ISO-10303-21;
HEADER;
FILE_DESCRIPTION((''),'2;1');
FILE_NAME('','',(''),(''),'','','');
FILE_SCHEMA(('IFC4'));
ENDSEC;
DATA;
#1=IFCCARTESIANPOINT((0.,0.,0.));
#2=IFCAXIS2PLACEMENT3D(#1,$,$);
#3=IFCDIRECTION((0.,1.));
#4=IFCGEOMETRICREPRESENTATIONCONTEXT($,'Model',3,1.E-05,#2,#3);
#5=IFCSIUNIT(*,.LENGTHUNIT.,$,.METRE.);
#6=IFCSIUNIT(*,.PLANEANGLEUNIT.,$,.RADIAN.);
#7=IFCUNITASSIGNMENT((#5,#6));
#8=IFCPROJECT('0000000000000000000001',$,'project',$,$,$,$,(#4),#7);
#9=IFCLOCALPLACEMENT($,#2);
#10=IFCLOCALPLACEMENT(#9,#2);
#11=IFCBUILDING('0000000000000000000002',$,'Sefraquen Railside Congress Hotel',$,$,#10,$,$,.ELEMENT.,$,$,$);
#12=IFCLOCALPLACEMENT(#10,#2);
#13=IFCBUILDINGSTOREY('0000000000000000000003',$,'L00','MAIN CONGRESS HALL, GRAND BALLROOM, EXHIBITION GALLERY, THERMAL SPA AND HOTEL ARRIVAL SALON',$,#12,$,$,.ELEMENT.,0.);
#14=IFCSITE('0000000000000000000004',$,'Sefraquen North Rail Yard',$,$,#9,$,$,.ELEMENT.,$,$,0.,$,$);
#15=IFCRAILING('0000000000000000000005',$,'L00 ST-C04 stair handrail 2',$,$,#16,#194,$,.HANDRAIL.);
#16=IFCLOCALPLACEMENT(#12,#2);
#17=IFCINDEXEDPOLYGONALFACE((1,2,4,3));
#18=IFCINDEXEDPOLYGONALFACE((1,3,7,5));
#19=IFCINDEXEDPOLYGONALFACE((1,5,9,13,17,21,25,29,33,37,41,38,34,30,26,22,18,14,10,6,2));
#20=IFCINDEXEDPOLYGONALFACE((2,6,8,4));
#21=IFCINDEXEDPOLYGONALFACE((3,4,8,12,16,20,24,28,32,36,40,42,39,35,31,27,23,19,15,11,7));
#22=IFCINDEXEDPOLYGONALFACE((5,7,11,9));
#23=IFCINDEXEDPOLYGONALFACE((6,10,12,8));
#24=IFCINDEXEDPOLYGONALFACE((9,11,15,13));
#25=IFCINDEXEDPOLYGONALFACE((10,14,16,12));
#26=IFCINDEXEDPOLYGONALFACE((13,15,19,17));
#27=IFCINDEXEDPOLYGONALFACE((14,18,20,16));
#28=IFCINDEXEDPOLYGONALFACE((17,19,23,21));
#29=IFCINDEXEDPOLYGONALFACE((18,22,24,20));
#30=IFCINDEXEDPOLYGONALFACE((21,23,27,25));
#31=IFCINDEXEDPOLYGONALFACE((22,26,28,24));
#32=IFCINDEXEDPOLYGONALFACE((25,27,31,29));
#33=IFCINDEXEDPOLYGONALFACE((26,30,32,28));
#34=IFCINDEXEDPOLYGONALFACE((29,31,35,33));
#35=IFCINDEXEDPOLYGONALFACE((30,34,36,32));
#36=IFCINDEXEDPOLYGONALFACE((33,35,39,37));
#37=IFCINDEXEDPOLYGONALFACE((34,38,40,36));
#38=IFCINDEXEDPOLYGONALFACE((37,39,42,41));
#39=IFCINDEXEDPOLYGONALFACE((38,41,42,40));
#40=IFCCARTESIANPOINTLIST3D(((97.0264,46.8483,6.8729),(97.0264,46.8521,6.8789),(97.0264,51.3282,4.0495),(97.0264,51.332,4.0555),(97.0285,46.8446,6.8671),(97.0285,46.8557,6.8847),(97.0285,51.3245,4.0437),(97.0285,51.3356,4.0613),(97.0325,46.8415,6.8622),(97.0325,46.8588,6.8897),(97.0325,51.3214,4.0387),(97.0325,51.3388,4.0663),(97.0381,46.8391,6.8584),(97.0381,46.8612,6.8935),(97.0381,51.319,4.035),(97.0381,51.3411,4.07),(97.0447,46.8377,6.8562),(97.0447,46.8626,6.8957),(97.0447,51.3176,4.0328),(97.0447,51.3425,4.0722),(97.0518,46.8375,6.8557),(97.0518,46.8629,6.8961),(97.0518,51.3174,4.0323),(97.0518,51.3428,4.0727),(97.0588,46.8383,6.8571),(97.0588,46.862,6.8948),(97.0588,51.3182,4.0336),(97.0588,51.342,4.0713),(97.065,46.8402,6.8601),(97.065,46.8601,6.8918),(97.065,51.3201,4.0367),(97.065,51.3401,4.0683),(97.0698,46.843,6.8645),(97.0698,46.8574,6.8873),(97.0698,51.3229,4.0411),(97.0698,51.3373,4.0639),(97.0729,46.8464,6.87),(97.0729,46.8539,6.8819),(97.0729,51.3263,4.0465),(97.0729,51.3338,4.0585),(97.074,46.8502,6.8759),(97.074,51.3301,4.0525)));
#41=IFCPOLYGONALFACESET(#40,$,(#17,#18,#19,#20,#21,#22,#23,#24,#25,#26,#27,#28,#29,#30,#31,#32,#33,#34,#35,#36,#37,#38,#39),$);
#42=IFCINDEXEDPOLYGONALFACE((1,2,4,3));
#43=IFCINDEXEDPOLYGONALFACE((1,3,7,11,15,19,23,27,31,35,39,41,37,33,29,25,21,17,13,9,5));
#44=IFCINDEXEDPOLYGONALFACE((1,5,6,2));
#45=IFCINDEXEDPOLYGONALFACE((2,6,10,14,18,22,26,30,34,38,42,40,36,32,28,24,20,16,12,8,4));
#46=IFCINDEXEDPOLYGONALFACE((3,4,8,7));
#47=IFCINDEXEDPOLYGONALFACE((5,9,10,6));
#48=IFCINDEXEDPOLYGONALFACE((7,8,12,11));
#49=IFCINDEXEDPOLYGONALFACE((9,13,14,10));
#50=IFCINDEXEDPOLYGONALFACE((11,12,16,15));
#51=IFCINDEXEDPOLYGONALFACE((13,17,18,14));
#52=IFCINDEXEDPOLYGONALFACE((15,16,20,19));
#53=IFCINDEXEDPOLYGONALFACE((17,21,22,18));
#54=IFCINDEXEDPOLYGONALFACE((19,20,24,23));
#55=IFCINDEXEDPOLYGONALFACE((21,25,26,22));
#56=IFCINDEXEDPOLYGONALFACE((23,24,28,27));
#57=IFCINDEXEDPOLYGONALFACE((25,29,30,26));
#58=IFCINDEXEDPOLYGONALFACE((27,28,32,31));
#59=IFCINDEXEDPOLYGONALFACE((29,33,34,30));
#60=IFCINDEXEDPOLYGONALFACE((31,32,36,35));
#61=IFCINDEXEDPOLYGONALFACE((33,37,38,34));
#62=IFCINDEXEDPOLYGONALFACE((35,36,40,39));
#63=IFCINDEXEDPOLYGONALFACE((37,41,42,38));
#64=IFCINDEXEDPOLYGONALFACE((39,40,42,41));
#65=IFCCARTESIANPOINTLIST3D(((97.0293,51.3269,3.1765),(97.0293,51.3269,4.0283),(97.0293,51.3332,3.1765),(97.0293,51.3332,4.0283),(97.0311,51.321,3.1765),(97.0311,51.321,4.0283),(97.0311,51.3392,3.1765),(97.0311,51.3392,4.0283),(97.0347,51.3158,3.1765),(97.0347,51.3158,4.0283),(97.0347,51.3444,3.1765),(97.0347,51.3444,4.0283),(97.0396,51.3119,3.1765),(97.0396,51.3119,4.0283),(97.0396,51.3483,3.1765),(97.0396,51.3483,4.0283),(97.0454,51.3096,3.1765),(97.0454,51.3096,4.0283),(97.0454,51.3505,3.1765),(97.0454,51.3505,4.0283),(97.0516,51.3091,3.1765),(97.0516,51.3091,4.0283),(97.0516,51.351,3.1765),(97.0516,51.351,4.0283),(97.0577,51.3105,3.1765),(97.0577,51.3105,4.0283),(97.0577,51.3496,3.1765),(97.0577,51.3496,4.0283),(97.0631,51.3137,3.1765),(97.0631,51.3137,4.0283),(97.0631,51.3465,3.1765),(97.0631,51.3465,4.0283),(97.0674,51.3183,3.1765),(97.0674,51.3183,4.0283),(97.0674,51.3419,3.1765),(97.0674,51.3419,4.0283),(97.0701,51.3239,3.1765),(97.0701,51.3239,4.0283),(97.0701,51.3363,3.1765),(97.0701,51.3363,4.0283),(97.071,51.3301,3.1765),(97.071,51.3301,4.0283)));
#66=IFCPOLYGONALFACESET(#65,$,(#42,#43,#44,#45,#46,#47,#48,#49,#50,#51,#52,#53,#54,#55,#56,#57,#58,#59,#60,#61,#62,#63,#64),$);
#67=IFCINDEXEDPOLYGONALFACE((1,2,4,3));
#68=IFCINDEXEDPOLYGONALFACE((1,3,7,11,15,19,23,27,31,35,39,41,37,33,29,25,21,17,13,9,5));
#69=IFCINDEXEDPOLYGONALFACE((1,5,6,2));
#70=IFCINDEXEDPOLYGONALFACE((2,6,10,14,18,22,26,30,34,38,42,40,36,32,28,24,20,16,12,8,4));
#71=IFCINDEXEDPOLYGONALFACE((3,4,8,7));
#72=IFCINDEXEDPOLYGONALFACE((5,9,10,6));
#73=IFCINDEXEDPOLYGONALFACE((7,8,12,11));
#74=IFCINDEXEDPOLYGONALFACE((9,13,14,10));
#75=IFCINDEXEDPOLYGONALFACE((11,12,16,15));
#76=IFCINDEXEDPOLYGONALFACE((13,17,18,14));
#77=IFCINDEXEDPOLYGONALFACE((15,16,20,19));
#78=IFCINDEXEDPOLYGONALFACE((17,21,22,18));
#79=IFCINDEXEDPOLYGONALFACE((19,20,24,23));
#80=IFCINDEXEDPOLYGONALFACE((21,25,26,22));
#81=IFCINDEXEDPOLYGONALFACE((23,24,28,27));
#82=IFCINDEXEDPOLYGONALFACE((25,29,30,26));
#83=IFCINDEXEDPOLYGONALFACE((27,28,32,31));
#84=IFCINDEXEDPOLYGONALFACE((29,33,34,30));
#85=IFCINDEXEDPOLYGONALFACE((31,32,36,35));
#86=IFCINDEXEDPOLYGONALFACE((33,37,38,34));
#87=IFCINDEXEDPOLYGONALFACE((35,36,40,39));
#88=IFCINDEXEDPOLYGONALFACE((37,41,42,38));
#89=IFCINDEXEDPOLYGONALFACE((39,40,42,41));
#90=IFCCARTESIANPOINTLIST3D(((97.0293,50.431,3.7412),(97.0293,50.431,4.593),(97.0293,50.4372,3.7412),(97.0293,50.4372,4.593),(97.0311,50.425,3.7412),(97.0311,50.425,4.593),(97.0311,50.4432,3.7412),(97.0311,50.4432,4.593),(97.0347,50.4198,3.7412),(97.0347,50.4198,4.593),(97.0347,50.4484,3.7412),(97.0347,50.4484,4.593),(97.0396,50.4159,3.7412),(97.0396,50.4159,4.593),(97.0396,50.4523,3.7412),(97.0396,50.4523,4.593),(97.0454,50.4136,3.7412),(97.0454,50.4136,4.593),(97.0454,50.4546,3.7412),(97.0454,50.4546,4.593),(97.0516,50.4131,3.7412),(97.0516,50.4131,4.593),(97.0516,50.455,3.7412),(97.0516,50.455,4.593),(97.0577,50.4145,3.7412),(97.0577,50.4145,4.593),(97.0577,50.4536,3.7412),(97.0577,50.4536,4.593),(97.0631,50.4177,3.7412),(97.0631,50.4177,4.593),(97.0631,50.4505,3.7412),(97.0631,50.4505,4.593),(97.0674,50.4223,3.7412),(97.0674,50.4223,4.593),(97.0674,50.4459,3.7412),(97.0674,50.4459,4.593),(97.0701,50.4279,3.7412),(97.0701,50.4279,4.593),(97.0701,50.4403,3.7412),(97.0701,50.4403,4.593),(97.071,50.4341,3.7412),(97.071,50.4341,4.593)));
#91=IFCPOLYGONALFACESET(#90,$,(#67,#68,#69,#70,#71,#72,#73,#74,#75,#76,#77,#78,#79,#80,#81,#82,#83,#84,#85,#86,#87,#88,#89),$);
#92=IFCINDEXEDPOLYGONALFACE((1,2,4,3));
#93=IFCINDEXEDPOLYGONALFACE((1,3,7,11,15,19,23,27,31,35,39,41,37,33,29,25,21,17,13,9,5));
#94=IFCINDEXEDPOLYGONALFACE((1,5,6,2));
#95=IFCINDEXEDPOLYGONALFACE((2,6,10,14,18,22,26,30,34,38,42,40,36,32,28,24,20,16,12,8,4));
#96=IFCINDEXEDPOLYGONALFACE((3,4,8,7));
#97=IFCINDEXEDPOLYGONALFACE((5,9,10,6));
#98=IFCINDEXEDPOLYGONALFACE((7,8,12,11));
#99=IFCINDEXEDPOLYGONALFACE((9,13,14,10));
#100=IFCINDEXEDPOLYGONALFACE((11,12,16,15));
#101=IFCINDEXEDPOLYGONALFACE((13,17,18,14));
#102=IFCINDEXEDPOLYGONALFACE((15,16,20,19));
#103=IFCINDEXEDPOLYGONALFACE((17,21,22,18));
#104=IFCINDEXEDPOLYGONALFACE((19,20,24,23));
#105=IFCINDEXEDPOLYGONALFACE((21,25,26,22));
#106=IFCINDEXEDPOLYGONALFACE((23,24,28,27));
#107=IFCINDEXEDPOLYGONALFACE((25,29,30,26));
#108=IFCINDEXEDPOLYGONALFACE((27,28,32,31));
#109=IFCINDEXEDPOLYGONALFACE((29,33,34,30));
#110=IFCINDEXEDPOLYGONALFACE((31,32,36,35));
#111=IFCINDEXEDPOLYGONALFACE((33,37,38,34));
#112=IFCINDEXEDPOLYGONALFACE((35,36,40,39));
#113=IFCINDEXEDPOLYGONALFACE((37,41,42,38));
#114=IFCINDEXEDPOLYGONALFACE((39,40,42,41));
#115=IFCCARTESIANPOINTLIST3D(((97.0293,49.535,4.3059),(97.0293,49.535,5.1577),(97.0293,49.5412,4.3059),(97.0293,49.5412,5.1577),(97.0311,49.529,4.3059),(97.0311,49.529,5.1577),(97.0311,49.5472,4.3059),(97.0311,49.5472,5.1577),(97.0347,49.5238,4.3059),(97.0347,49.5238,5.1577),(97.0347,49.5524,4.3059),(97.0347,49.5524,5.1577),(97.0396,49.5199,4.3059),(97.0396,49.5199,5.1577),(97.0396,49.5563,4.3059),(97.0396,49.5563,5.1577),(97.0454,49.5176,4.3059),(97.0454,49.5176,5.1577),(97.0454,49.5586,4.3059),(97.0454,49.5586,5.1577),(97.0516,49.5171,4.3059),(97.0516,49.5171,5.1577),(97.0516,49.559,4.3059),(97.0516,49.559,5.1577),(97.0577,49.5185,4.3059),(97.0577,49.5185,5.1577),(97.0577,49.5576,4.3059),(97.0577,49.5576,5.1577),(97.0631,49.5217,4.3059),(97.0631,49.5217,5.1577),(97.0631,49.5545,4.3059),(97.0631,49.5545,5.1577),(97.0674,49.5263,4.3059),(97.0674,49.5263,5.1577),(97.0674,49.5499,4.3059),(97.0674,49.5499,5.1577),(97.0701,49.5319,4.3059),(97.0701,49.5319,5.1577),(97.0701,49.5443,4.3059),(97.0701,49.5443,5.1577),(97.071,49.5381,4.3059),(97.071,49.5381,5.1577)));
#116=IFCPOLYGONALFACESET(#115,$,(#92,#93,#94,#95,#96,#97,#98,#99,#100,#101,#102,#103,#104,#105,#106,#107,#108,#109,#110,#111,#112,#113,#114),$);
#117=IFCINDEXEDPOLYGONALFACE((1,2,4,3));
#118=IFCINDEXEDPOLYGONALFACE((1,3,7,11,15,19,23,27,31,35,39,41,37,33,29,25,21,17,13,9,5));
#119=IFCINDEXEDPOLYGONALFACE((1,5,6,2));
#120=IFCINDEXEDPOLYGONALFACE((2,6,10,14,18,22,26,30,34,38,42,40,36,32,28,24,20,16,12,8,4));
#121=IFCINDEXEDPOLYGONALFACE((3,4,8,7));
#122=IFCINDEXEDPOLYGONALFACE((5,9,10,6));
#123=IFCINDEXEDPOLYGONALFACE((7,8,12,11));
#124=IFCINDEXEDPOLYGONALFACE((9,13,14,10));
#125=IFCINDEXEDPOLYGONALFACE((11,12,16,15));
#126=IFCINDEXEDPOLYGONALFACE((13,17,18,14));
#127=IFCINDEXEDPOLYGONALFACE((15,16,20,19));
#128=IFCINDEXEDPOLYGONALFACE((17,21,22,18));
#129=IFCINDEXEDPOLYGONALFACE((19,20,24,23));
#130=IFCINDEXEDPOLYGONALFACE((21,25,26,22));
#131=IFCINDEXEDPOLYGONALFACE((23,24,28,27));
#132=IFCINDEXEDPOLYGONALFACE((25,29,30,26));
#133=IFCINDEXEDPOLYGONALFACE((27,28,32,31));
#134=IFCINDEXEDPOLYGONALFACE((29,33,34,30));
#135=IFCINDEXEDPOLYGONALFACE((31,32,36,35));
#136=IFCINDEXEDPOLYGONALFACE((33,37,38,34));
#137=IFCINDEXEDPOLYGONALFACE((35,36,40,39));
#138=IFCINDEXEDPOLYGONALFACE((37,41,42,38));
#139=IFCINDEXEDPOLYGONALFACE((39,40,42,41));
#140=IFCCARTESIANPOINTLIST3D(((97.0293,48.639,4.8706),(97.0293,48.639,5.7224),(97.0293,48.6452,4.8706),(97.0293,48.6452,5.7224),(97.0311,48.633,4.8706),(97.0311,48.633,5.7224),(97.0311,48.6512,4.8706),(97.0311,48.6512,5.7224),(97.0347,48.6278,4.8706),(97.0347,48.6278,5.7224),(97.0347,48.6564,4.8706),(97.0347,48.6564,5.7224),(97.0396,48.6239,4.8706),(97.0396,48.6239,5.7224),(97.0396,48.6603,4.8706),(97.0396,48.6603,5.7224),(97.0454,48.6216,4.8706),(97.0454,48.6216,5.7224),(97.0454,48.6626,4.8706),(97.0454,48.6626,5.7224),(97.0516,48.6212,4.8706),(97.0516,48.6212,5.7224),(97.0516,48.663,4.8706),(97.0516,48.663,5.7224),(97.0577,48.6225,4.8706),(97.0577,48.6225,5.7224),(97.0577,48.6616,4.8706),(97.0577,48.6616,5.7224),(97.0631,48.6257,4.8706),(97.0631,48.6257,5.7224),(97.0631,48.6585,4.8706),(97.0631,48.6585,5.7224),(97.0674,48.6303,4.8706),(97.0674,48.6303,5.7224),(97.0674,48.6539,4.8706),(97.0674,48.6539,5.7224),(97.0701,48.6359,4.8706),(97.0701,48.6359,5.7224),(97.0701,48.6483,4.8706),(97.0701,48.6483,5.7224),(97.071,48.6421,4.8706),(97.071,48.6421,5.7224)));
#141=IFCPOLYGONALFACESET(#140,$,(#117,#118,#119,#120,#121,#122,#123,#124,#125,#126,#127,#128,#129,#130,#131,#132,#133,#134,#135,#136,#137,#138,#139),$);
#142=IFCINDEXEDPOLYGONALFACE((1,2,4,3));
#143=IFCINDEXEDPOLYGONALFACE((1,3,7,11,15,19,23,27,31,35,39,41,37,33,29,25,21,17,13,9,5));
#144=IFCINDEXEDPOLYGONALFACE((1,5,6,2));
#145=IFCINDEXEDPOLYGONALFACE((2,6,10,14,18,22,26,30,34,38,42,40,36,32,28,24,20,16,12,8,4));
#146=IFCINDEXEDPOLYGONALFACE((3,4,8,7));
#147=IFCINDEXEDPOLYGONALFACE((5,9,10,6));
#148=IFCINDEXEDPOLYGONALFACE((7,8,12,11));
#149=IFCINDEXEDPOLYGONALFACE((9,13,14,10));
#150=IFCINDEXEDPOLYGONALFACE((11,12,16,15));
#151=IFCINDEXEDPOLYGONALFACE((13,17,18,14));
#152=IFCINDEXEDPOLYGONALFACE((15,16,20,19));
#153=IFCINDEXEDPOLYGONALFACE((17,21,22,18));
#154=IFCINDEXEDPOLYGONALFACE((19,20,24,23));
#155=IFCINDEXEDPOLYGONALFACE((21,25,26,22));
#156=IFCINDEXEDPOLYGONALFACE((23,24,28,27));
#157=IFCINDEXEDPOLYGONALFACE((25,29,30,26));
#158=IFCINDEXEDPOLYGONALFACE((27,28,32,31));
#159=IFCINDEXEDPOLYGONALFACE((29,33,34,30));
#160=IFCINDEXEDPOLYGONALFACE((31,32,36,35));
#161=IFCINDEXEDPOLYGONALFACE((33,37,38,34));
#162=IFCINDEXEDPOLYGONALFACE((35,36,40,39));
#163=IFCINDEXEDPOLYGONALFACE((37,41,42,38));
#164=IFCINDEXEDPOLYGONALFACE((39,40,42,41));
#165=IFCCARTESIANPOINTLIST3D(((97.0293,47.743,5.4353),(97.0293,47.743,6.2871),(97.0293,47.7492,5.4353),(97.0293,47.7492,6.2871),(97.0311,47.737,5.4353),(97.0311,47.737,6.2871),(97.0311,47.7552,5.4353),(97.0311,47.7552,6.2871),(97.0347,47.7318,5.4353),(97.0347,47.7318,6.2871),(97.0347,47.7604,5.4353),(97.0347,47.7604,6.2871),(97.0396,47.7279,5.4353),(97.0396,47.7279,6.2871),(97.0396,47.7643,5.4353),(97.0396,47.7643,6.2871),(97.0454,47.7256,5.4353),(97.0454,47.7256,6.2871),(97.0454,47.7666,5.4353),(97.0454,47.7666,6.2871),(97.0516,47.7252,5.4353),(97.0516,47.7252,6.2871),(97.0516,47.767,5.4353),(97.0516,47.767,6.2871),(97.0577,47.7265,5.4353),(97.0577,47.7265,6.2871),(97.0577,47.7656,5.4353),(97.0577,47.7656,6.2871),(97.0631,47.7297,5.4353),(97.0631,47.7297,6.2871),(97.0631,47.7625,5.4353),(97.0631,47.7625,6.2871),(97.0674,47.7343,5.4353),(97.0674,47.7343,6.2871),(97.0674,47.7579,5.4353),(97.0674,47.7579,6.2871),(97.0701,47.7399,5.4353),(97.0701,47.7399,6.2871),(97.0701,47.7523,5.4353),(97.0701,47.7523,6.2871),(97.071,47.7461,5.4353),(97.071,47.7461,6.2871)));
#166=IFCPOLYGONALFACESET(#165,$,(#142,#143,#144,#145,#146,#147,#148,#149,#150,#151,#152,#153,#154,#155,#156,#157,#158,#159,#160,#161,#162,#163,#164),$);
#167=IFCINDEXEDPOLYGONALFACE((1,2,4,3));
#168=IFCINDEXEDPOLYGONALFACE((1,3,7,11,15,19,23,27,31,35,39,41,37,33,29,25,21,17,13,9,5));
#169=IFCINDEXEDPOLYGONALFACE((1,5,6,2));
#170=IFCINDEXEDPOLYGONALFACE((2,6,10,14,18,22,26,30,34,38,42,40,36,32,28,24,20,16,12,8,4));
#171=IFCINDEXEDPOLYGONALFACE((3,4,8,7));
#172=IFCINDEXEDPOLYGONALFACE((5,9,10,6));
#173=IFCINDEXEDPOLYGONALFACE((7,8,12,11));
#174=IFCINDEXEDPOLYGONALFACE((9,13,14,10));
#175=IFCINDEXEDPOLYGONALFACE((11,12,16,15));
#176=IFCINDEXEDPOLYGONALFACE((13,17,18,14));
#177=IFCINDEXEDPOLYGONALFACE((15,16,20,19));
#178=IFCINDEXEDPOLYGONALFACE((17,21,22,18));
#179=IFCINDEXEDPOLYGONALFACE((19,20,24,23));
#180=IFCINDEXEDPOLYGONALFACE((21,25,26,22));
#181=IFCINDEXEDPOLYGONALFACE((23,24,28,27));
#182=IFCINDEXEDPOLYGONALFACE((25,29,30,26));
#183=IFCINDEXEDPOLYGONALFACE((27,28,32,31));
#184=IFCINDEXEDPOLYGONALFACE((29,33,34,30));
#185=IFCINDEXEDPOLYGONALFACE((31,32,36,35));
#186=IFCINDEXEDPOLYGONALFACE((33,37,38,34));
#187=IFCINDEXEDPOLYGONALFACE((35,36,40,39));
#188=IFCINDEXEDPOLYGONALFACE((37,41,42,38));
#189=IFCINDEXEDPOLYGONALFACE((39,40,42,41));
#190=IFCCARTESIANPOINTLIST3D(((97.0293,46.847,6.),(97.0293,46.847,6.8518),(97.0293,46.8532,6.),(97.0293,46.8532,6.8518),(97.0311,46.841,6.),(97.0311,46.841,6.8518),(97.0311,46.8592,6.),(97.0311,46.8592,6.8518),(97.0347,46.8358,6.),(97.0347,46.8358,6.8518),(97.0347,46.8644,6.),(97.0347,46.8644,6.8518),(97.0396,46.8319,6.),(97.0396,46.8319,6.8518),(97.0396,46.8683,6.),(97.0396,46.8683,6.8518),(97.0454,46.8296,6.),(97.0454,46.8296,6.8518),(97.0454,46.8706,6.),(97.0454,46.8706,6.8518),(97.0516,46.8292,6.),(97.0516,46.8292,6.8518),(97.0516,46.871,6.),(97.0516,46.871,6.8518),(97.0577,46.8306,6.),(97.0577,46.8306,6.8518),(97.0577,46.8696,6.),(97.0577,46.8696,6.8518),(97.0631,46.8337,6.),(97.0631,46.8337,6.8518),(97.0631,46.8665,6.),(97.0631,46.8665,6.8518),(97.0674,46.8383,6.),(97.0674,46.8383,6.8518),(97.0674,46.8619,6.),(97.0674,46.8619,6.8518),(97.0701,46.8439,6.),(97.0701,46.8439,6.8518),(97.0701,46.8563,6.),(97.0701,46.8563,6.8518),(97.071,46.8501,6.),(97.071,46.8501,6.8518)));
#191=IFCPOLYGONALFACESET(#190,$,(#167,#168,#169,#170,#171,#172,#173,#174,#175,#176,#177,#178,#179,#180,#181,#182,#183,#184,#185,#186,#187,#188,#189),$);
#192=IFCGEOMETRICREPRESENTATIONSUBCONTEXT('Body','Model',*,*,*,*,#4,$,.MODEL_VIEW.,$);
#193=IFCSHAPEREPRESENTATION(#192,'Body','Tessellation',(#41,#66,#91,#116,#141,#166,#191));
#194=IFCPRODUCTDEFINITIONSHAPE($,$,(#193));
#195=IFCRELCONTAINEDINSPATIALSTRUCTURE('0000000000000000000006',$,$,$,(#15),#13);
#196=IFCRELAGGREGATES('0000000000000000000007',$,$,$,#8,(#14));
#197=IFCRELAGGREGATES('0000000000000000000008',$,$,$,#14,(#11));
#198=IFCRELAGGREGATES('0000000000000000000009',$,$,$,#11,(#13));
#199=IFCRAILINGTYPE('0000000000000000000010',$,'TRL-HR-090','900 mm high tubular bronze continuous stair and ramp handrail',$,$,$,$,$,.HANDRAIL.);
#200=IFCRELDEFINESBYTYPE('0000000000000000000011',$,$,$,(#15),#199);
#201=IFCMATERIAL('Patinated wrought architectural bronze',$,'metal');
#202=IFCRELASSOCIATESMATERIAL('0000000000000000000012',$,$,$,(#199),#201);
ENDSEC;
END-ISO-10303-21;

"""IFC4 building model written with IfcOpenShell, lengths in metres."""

from ifc_helpers import new_model, si_unit, direction, frame, origin, origin_2d, place, context, subcontext, project, spatial, circle, extrude, material, type_object, element, save


model = new_model("IFC4")

# Units and contexts
model_context = context("Model", 3, precision=1e-05, world=origin(), true_north=direction((0.0, 1.0)))
body_context = subcontext(model_context, "Body", "Model", "MODEL_VIEW")
ifc_project = project(units=[si_unit("LENGTHUNIT", "METRE"), si_unit("PLANEANGLEUNIT", "RADIAN")], contexts=[model_context])

# Site, building, storey
site_placement = place(None, origin())
site = spatial("IfcSite", under=ifc_project, at=site_placement, Name="Sefraquen North Rail Yard", CompositionType="ELEMENT", RefElevation=0.0)
building_placement = place(site_placement, origin())
building = spatial("IfcBuilding", under=site, at=building_placement, Name="Sefraquen Railside Congress Hotel", CompositionType="ELEMENT")
storey_placement = place(building_placement, origin())
storey = spatial("IfcBuildingStorey", under=building, at=storey_placement, Name="L00", Description="MAIN CONGRESS HALL, GRAND BALLROOM, EXHIBITION GALLERY, THERMAL SPA AND HOTEL ARRIVAL SALON", CompositionType="ELEMENT", Elevation=0.0)

# Railing
ifc_material_1 = material(Name="Patinated wrought architectural bronze", Category="metal")
railing_type_1 = type_object("IfcRailingType", Name="TRL-HR-090", Description="900 mm high tubular bronze continuous stair and ramp handrail", PredefinedType="HANDRAIL", material=ifc_material_1)
railing_1_placement = place(storey_placement, frame((97.05, 51.3301, 3.1765)))
element("IfcRailing", 1, at=railing_1_placement, inside=storey, type_object=railing_type_1, Name="L00 ST-C04 stair handrail 2", PredefinedType="HANDRAIL", context=body_context, shape_type="SweptSolid", body=[
    extrude(circle(Radius=0.0239, at=origin_2d()), frame((0.0, 0.0, 0.876), z_axis=(0.0, -0.845998, 0.533186), x_axis=(1.0, 0.0, 0.0)), (0.0, 0.0, 1.0), 5.2954),
    extrude(circle(Radius=0.021, at=origin_2d()), origin(), (0.0, 0.0, 1.0), 0.8518),
    extrude(circle(Radius=0.021, at=origin_2d()), frame((0.0, -0.896, 0.5647)), (0.0, 0.0, 1.0), 0.8518),
    extrude(circle(Radius=0.021, at=origin_2d()), frame((0.0, -1.792, 1.1294)), (0.0, 0.0, 1.0), 0.8518),
    extrude(circle(Radius=0.021, at=origin_2d()), frame((0.0, -2.688, 1.6941)), (0.0, 0.0, 1.0), 0.8518),
    extrude(circle(Radius=0.021, at=origin_2d()), frame((0.0, -3.584, 2.2588)), (0.0, 0.0, 1.0), 0.8518),
    extrude(circle(Radius=0.021, at=origin_2d()), frame((0.0, -4.48, 2.8235)), (0.0, 0.0, 1.0), 0.8518),
])

save(model, "model.ifc")
